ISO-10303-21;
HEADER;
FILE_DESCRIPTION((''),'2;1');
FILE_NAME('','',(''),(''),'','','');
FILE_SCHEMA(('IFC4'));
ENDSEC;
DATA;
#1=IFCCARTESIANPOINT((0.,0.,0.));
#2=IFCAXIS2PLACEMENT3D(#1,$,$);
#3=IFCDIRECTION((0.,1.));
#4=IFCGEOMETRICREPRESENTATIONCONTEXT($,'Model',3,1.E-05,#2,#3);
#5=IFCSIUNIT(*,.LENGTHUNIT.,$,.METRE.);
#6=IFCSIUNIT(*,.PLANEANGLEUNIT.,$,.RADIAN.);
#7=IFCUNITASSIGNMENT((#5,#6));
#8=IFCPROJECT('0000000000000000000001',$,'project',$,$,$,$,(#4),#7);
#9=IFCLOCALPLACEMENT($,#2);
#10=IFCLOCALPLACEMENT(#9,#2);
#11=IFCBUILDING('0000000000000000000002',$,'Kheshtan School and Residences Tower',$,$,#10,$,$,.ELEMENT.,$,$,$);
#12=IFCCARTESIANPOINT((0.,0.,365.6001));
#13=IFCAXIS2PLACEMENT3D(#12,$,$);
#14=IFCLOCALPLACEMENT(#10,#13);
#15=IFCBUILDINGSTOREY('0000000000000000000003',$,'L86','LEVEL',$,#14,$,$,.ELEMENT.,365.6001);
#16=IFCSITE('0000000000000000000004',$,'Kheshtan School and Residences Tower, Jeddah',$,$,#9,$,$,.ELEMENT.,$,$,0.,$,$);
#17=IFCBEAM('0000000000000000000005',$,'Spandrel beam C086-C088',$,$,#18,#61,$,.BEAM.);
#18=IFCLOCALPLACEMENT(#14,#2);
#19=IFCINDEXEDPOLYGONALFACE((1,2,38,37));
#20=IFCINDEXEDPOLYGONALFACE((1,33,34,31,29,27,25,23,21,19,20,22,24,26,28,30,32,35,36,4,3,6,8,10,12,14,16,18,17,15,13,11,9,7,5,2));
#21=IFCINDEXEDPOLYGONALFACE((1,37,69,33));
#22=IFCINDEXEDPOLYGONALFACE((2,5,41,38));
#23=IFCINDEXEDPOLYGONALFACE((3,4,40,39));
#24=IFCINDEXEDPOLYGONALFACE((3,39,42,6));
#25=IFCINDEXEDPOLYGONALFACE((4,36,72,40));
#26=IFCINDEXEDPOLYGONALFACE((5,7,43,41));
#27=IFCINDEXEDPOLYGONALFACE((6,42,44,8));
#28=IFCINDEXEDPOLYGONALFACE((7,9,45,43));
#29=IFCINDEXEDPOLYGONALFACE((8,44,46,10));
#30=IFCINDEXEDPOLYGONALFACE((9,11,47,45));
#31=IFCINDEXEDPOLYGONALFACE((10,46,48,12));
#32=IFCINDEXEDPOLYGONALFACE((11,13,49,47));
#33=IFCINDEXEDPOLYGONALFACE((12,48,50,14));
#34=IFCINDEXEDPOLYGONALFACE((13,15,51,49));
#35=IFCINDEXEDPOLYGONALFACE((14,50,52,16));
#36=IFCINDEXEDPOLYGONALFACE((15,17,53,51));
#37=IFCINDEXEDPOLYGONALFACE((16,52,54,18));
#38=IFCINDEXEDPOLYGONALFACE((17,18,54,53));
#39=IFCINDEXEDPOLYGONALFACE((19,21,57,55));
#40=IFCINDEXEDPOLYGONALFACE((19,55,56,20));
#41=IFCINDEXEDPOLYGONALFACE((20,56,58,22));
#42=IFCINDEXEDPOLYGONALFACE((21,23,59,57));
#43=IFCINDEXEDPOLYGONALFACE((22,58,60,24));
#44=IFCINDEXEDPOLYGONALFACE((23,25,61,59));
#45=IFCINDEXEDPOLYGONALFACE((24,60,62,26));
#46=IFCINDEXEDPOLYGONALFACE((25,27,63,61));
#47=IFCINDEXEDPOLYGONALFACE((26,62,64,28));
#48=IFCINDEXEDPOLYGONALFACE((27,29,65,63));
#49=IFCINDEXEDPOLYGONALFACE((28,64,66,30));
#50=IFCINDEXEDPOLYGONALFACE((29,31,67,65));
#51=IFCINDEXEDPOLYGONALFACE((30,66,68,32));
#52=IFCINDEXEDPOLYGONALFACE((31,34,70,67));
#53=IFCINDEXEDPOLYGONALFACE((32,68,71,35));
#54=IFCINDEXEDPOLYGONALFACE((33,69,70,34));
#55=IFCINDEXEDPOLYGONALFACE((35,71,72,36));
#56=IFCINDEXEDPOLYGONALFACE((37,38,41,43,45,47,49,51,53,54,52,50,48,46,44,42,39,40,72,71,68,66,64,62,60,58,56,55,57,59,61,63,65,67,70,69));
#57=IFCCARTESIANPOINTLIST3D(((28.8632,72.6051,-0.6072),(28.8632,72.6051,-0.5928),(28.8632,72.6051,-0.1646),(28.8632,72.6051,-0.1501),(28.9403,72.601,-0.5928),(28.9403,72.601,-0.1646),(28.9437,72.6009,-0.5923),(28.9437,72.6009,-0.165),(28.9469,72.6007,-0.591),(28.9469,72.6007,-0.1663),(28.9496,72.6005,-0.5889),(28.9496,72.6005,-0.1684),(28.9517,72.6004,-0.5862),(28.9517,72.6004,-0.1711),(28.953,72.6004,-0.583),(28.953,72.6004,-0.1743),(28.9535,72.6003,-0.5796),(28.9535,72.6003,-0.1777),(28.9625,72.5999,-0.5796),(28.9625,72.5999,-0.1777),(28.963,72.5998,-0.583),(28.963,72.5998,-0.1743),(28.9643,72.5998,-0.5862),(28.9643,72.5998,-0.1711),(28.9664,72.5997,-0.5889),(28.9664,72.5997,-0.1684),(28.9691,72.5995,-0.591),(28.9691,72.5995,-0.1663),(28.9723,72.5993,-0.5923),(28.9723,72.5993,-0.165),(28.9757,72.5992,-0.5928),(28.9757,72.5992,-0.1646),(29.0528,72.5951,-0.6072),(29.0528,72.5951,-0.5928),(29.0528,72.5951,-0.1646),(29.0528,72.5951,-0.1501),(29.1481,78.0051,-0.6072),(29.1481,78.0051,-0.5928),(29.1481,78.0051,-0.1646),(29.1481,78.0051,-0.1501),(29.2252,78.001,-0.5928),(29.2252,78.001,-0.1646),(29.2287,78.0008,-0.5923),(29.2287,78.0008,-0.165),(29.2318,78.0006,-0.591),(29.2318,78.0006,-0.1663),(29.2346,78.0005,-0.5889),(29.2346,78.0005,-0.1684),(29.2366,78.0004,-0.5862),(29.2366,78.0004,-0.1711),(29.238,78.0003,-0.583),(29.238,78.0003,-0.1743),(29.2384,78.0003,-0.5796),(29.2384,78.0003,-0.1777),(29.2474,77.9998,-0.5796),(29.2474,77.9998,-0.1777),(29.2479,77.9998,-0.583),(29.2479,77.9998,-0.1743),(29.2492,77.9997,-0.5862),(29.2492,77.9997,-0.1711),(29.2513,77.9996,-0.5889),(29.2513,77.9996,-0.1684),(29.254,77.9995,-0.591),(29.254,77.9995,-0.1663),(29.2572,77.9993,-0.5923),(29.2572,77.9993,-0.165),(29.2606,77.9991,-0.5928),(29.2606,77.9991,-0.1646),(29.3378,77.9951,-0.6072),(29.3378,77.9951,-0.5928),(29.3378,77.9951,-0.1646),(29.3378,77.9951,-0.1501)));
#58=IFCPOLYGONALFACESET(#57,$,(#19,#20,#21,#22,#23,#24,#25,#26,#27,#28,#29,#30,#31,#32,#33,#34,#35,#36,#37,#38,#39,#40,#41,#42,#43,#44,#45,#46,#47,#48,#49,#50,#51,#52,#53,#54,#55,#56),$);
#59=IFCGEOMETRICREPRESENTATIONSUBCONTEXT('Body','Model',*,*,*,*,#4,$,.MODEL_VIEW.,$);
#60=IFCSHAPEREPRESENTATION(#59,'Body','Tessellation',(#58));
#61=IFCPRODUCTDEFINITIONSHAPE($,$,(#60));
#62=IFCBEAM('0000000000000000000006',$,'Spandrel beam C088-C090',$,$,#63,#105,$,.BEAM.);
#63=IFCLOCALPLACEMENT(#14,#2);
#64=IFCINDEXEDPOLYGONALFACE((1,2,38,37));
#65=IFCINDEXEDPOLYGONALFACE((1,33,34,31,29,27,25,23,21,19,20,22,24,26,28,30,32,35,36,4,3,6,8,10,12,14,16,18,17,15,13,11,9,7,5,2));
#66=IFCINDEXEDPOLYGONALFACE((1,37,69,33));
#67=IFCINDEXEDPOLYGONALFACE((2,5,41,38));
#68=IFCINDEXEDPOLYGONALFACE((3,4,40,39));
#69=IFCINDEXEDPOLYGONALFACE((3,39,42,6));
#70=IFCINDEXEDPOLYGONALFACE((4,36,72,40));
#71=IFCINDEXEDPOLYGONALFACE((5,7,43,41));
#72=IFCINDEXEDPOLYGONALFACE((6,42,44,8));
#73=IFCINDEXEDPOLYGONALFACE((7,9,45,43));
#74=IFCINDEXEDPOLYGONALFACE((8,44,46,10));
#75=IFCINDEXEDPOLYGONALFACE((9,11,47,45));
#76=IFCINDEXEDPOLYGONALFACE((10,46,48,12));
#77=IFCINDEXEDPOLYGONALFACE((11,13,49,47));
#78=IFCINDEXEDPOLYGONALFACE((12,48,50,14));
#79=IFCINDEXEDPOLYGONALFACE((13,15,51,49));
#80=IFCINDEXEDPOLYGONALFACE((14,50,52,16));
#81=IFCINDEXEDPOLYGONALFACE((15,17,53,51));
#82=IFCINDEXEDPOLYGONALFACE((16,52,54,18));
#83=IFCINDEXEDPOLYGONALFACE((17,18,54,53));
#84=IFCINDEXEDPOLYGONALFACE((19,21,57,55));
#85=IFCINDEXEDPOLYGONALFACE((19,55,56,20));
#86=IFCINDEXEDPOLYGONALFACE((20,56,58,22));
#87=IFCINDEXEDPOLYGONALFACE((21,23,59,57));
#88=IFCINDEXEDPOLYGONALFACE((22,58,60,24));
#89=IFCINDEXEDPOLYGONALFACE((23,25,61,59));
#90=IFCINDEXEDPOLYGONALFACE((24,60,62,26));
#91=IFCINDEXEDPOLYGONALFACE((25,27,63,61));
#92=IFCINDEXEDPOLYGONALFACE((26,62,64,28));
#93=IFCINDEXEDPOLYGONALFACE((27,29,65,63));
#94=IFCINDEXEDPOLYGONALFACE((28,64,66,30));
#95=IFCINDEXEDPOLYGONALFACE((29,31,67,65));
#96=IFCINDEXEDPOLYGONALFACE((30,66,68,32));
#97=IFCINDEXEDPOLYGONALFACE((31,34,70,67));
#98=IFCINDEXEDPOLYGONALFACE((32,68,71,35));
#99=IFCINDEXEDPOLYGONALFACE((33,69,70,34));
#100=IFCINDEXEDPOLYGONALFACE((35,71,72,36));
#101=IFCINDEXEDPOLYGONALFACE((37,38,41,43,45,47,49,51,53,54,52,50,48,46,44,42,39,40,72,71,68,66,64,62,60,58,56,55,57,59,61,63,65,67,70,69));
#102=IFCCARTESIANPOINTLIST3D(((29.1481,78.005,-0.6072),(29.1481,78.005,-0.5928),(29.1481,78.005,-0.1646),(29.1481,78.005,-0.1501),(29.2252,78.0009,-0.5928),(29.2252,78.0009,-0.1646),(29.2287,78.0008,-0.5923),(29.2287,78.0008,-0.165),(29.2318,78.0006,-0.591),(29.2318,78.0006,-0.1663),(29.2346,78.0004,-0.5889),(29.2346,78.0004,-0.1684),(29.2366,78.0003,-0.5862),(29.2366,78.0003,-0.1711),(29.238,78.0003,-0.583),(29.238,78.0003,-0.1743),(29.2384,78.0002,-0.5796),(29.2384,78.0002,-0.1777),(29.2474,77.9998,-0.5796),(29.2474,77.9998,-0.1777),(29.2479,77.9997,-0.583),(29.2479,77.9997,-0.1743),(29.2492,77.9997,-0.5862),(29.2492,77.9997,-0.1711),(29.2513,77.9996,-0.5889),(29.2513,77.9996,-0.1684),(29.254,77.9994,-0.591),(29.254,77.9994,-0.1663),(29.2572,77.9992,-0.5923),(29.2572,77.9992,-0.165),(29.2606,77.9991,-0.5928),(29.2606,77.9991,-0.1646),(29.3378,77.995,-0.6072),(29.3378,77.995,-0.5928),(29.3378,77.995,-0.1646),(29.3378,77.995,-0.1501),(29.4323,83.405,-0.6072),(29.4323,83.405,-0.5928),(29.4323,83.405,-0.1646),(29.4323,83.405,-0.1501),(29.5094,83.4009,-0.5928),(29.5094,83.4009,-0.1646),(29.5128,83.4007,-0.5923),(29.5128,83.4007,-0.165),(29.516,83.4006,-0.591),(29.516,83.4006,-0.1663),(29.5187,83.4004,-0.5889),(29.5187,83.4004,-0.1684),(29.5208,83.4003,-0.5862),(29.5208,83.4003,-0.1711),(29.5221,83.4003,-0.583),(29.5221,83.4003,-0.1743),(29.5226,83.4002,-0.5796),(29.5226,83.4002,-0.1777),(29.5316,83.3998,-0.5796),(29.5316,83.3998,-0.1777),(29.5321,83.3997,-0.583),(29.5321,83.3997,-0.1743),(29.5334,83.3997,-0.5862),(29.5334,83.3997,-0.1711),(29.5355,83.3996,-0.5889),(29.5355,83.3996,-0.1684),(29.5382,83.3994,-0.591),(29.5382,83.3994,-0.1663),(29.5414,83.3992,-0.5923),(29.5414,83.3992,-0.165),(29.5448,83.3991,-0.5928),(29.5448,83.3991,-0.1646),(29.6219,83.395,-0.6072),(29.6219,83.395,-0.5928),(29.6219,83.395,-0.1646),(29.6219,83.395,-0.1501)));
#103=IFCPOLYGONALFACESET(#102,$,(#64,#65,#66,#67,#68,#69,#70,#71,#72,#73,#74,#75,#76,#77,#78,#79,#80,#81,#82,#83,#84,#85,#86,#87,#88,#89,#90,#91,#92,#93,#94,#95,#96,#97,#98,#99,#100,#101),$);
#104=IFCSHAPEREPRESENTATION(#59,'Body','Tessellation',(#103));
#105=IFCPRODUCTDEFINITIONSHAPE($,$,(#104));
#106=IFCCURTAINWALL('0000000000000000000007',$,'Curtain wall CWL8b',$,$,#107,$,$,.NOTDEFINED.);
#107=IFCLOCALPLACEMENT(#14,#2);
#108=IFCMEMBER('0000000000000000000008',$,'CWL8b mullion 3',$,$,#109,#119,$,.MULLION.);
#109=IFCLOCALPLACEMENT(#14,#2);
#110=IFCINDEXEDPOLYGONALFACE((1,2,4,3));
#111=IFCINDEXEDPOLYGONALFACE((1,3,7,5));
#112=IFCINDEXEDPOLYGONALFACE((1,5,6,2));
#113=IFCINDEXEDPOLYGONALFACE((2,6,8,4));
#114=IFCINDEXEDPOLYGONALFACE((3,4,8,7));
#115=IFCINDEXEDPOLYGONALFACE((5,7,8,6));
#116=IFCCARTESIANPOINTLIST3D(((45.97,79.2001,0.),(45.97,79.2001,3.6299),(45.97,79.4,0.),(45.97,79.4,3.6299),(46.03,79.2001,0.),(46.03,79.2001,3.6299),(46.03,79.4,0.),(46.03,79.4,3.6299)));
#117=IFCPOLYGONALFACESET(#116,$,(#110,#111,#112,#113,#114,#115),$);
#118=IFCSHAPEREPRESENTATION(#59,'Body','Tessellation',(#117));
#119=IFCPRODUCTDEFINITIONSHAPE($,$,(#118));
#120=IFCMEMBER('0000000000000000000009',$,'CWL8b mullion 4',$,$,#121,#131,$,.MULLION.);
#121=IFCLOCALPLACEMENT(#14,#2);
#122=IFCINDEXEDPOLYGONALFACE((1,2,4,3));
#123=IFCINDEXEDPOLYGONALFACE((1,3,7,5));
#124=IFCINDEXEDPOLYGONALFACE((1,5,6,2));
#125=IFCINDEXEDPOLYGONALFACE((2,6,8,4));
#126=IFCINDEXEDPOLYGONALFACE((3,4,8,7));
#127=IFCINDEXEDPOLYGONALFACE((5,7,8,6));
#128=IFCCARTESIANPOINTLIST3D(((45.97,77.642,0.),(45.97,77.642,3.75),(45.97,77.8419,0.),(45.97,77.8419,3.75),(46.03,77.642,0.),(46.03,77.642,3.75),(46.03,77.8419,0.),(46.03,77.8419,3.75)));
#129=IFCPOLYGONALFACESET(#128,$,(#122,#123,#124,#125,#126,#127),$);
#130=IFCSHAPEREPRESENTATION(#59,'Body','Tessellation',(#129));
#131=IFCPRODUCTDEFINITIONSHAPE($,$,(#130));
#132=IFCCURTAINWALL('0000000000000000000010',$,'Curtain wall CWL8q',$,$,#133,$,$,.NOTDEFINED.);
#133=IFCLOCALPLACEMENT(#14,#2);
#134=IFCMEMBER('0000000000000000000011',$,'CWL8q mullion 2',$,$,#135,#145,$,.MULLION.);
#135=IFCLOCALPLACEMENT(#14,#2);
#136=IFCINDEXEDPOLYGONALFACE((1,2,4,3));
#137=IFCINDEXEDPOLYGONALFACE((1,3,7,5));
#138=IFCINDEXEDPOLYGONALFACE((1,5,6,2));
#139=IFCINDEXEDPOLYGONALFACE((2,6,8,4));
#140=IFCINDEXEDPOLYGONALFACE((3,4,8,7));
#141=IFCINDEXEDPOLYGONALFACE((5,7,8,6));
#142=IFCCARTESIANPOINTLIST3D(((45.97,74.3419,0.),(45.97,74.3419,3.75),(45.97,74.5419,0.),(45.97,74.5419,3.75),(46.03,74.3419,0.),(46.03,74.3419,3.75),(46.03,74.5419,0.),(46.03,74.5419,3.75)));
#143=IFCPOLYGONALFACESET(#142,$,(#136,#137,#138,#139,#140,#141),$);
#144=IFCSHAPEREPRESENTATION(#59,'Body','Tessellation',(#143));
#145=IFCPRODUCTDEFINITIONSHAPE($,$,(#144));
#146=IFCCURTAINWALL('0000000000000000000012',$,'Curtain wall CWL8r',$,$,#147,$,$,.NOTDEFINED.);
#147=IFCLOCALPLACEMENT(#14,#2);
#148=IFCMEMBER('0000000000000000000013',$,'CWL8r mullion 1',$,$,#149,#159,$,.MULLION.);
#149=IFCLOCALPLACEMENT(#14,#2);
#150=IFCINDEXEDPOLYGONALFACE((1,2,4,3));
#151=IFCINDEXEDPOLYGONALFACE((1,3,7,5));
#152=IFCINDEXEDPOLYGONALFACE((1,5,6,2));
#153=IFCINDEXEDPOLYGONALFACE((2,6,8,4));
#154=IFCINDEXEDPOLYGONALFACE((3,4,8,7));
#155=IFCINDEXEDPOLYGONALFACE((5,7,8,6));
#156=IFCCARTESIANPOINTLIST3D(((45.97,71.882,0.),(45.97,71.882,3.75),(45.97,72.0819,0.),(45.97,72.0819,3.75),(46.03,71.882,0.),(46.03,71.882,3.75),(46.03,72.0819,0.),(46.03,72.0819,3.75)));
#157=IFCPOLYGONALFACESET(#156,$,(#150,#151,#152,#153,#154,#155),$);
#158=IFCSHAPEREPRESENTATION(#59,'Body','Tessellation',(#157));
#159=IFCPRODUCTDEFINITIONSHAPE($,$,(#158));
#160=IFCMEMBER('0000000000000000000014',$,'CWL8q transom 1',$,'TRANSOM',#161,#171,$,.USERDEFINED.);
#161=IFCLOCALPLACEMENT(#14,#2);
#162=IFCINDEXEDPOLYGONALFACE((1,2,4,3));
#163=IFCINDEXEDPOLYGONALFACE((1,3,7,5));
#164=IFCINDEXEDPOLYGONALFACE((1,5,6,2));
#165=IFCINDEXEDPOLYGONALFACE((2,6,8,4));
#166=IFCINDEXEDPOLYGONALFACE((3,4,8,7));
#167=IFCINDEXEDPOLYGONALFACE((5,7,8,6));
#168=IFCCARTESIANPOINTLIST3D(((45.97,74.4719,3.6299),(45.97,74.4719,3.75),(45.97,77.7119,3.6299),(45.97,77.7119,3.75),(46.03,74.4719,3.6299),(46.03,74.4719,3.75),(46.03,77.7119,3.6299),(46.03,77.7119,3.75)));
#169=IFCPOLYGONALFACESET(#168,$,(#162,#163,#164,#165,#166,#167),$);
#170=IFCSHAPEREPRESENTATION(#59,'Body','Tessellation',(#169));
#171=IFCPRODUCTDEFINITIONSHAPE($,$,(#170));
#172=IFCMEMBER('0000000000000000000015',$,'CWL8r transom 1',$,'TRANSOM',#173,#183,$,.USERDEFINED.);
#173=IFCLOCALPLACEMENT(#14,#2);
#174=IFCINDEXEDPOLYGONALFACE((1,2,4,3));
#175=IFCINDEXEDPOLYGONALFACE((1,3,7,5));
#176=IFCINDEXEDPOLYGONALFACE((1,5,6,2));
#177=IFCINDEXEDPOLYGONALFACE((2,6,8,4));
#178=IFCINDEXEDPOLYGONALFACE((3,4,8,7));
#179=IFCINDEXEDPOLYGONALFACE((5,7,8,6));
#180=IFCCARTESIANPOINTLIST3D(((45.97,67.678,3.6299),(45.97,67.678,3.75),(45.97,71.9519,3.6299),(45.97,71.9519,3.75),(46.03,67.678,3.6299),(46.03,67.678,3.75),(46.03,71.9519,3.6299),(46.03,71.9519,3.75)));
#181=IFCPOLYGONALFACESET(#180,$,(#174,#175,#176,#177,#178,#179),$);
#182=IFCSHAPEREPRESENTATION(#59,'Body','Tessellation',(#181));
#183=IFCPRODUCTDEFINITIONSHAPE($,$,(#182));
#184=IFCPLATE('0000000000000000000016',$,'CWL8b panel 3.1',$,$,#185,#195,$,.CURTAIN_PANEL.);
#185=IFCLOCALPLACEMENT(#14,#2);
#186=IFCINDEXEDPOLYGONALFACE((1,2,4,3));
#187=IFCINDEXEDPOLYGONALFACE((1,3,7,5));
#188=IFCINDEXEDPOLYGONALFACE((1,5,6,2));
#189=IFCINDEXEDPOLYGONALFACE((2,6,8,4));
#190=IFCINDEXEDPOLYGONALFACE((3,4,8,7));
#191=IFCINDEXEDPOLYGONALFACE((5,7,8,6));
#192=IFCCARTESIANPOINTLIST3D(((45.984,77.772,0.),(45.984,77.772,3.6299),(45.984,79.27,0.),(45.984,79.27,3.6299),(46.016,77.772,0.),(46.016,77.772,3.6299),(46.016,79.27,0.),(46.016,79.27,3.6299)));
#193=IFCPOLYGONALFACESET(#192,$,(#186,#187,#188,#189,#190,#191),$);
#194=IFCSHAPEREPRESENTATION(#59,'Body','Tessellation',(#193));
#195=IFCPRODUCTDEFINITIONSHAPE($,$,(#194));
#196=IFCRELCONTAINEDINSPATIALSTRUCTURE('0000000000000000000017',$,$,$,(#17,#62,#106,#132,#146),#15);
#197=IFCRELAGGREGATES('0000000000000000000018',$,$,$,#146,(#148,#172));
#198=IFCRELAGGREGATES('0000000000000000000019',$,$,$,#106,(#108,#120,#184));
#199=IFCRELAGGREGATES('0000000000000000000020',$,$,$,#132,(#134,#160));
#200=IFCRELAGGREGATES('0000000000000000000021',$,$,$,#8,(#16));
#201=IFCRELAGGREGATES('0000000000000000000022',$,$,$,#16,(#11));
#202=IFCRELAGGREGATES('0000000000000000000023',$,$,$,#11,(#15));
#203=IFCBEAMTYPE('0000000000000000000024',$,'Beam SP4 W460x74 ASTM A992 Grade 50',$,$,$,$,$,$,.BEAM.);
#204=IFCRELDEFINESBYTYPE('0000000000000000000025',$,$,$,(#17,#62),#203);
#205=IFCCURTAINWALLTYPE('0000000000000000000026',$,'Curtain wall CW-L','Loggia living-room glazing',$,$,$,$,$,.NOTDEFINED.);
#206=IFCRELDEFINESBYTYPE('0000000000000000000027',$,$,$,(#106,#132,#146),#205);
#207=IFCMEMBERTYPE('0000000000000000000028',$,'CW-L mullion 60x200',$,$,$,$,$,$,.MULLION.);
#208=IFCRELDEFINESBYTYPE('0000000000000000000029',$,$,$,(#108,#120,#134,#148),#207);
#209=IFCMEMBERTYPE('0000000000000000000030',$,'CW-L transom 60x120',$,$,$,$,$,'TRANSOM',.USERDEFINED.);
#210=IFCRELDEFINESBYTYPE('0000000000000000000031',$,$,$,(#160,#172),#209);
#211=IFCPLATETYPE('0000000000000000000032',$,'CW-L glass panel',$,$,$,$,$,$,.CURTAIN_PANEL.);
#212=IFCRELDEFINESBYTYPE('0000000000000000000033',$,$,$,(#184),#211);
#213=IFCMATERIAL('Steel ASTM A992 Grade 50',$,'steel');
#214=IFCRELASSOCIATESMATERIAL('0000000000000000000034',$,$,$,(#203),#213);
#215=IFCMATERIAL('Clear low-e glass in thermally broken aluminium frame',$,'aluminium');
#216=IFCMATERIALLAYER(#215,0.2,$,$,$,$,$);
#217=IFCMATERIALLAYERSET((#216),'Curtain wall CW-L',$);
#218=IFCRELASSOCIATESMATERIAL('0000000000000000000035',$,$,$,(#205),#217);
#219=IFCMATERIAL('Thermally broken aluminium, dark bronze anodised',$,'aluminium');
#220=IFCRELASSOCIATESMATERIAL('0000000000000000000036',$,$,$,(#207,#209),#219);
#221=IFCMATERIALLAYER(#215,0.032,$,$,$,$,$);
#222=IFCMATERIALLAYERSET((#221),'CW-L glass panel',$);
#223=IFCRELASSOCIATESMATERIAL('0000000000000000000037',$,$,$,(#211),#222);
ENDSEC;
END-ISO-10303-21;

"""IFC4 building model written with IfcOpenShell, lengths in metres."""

from ifc_helpers import new_model, si_unit, direction, frame, origin, origin_2d, place, context, subcontext, project, spatial, rectangle, i_section, extrude, material, layer, layer_set, material_profile, profile_set, type_object, element, aggregate, save


model = new_model("IFC4")

# Units and contexts
model_context = context("Model", 3, precision=1e-05, world=origin(), true_north=direction((0.0, 1.0)))
body_context = subcontext(model_context, "Body", "Model", "MODEL_VIEW")
ifc_project = project(units=[si_unit("LENGTHUNIT", "METRE"), si_unit("PLANEANGLEUNIT", "RADIAN")], contexts=[model_context])

# Site, building, storey
site_placement = place(None, origin())
site = spatial("IfcSite", under=ifc_project, at=site_placement, Name="Kheshtan School and Residences Tower, Jeddah", CompositionType="ELEMENT", RefElevation=0.0)
building_placement = place(site_placement, origin())
building = spatial("IfcBuilding", under=site, at=building_placement, Name="Kheshtan School and Residences Tower", CompositionType="ELEMENT")
storey_placement = place(building_placement, frame((0.0, 0.0, 365.6001)))
storey = spatial("IfcBuildingStorey", under=building, at=storey_placement, Name="L86", Description="LEVEL", CompositionType="ELEMENT", Elevation=365.6001)

# Shared definitions
ifc_material_1 = material(Name="Steel ASTM A992 Grade 50", Category="steel")

# Beams
ifc_material_profile_1 = material_profile(ifc_material_1, i_section(OverallWidth=0.1899, OverallDepth=0.457, WebThickness=0.009, FlangeThickness=0.0144, FilletRadius=0.0132, at=origin_2d()), Name="W460x74")
ifc_profile_set_1 = profile_set([ifc_material_profile_1], Name="Steel ASTM A992 Grade 50")
beam_type_1 = type_object("IfcBeamType", Name="Beam SP4 W460x74 ASTM A992 Grade 50", PredefinedType="BEAM", material=ifc_profile_set_1)
for number, where, z_axis, x_axis, name in (
    (1, (28.958, 72.6001, -0.3787), (0.052689, 0.998611, 0.0), (-0.998611, 0.052689, 0.0), "Spandrel beam C086-C088"),
    (2, (29.2429, 78.0, -0.3787), (0.052554, 0.998618, 0.0), (-0.998618, 0.052554, 0.0), "Spandrel beam C088-C090"),
):
    element("IfcBeam", number, at=place(storey_placement, frame(where, z_axis=z_axis, x_axis=x_axis)), inside=storey, type_object=beam_type_1, Name=name, PredefinedType="BEAM", context=body_context, shape_type="SweptSolid", body=[
        extrude(i_section(OverallWidth=0.1899, OverallDepth=0.457, WebThickness=0.009, FlangeThickness=0.0144, FilletRadius=0.0132, at=origin_2d()), origin(), (0.0, 0.0, 1.0), 5.4075),
    ])

# Curtain wall, members
ifc_material_2 = material(Name="Clear low-e glass in thermally broken aluminium frame", Category="aluminium")
ifc_layer_1 = layer(ifc_material_2, 0.2)
ifc_layer_set_1 = layer_set([ifc_layer_1], Name="Curtain wall CW-L")
curtain_wall_type = type_object("IfcCurtainWallType", Name="Curtain wall CW-L", Description="Loggia living-room glazing", PredefinedType="NOTDEFINED", material=ifc_layer_set_1)
curtain_wall_1_placement = place(storey_placement, origin())
curtain_wall_1 = element("IfcCurtainWall", 3, at=curtain_wall_1_placement, inside=storey, type_object=curtain_wall_type, Name="Curtain wall CWL8b", PredefinedType="NOTDEFINED")
ifc_material_3 = material(Name="Thermally broken aluminium, dark bronze anodised", Category="aluminium")
ifc_material_profile_2 = material_profile(ifc_material_3, rectangle(XDim=0.0601, YDim=0.2, at=origin_2d()), Name="CW-L mullion 60x200")
ifc_profile_set_2 = profile_set([ifc_material_profile_2], Name="Thermally broken aluminium, dark bronze anodised")
member_type_1 = type_object("IfcMemberType", Name="CW-L mullion 60x200", PredefinedType="MULLION", material=ifc_profile_set_2)
member_1_placement = place(storey_placement, frame((46.0, 79.3, 0.0), z_axis=(0.0, 0.0, 1.0), x_axis=(1.0, 0.0, 0.0)))
member_1 = element("IfcMember", 4, at=member_1_placement, type_object=member_type_1, Name="CWL8b mullion 3", PredefinedType="MULLION", context=body_context, shape_type="SweptSolid", body=[
    extrude(rectangle(XDim=0.0601, YDim=0.2, at=origin_2d()), origin(), (0.0, 0.0, 1.0), 3.6299),
])
member_2_placement = place(storey_placement, frame((46.0, 77.7419, 0.0), z_axis=(0.0, 0.0, 1.0), x_axis=(1.0, 0.0, 0.0)))
member_2 = element("IfcMember", 5, at=member_2_placement, type_object=member_type_1, Name="CWL8b mullion 4", PredefinedType="MULLION", context=body_context, shape_type="SweptSolid", body=[
    extrude(rectangle(XDim=0.0601, YDim=0.2, at=origin_2d()), origin(), (0.0, 0.0, 1.0), 3.75),
])

# Curtain walls, members
curtain_wall_2_placement = place(storey_placement, origin())
curtain_wall_2 = element("IfcCurtainWall", 6, at=curtain_wall_2_placement, inside=storey, type_object=curtain_wall_type, Name="Curtain wall CWL8q", PredefinedType="NOTDEFINED")
member_3_placement = place(storey_placement, frame((46.0, 74.4419, 0.0), z_axis=(0.0, 0.0, 1.0), x_axis=(1.0, 0.0, 0.0)))
member_3 = element("IfcMember", 7, at=member_3_placement, type_object=member_type_1, Name="CWL8q mullion 2", PredefinedType="MULLION", context=body_context, shape_type="SweptSolid", body=[
    extrude(rectangle(XDim=0.0601, YDim=0.2, at=origin_2d()), origin(), (0.0, 0.0, 1.0), 3.75),
])
curtain_wall_3_placement = place(storey_placement, origin())
curtain_wall_3 = element("IfcCurtainWall", 8, at=curtain_wall_3_placement, inside=storey, type_object=curtain_wall_type, Name="Curtain wall CWL8r", PredefinedType="NOTDEFINED")
member_4_placement = place(storey_placement, frame((46.0, 71.9819, 0.0), z_axis=(0.0, 0.0, 1.0), x_axis=(1.0, 0.0, 0.0)))
member_4 = element("IfcMember", 9, at=member_4_placement, type_object=member_type_1, Name="CWL8r mullion 1", PredefinedType="MULLION", context=body_context, shape_type="SweptSolid", body=[
    extrude(rectangle(XDim=0.0601, YDim=0.2, at=origin_2d()), origin(), (0.0, 0.0, 1.0), 3.75),
])

# Members
ifc_material_profile_3 = material_profile(ifc_material_3, rectangle(XDim=0.0601, YDim=0.1201, at=origin_2d()), Name="CW-L transom 60x120")
ifc_profile_set_3 = profile_set([ifc_material_profile_3], Name="Thermally broken aluminium, dark bronze anodised")
member_type_2 = type_object("IfcMemberType", Name="CW-L transom 60x120", ElementType="TRANSOM", PredefinedType="USERDEFINED", material=ifc_profile_set_3)
member_5_placement = place(storey_placement, frame((46.0, 77.7119, 3.6899), z_axis=(0.0, -1.0, 0.0), x_axis=(1.0, 0.0, 0.0)))
member_5 = element("IfcMember", 10, at=member_5_placement, type_object=member_type_2, Name="CWL8q transom 1", ObjectType="TRANSOM", PredefinedType="USERDEFINED", context=body_context, shape_type="SweptSolid", body=[
    extrude(rectangle(XDim=0.0601, YDim=0.1201, at=origin_2d()), origin(), (0.0, 0.0, 1.0), 3.24),
])
member_6_placement = place(storey_placement, frame((46.0, 71.9519, 3.6899), z_axis=(0.0, -1.0, 0.0), x_axis=(1.0, 0.0, 0.0)))
member_6 = element("IfcMember", 11, at=member_6_placement, type_object=member_type_2, Name="CWL8r transom 1", ObjectType="TRANSOM", PredefinedType="USERDEFINED", context=body_context, shape_type="SweptSolid", body=[
    extrude(rectangle(XDim=0.0601, YDim=0.1201, at=origin_2d()), origin(), (0.0, 0.0, 1.0), 4.2739),
])
aggregate(curtain_wall_3, [member_4, member_6])

# Plate
ifc_layer_2 = layer(ifc_material_2, 0.032)
ifc_layer_set_2 = layer_set([ifc_layer_2], Name="CW-L glass panel")
plate_type = type_object("IfcPlateType", Name="CW-L glass panel", PredefinedType="CURTAIN_PANEL", material=ifc_layer_set_2)
plate_1_placement = place(storey_placement, frame((46.0, 78.521, 0.0), z_axis=(0.0, 0.0, 1.0), x_axis=(0.0, -1.0, 0.0)))
plate_1 = element("IfcPlate", 12, at=plate_1_placement, type_object=plate_type, Name="CWL8b panel 3.1", PredefinedType="CURTAIN_PANEL", context=body_context, shape_type="SweptSolid", body=[
    extrude(rectangle(XDim=1.498, YDim=0.032, at=origin_2d()), origin(), (0.0, 0.0, 1.0), 3.6299),
])
aggregate(curtain_wall_1, [member_1, member_2, plate_1])
aggregate(curtain_wall_2, [member_3, member_5])

save(model, "model.ifc")
